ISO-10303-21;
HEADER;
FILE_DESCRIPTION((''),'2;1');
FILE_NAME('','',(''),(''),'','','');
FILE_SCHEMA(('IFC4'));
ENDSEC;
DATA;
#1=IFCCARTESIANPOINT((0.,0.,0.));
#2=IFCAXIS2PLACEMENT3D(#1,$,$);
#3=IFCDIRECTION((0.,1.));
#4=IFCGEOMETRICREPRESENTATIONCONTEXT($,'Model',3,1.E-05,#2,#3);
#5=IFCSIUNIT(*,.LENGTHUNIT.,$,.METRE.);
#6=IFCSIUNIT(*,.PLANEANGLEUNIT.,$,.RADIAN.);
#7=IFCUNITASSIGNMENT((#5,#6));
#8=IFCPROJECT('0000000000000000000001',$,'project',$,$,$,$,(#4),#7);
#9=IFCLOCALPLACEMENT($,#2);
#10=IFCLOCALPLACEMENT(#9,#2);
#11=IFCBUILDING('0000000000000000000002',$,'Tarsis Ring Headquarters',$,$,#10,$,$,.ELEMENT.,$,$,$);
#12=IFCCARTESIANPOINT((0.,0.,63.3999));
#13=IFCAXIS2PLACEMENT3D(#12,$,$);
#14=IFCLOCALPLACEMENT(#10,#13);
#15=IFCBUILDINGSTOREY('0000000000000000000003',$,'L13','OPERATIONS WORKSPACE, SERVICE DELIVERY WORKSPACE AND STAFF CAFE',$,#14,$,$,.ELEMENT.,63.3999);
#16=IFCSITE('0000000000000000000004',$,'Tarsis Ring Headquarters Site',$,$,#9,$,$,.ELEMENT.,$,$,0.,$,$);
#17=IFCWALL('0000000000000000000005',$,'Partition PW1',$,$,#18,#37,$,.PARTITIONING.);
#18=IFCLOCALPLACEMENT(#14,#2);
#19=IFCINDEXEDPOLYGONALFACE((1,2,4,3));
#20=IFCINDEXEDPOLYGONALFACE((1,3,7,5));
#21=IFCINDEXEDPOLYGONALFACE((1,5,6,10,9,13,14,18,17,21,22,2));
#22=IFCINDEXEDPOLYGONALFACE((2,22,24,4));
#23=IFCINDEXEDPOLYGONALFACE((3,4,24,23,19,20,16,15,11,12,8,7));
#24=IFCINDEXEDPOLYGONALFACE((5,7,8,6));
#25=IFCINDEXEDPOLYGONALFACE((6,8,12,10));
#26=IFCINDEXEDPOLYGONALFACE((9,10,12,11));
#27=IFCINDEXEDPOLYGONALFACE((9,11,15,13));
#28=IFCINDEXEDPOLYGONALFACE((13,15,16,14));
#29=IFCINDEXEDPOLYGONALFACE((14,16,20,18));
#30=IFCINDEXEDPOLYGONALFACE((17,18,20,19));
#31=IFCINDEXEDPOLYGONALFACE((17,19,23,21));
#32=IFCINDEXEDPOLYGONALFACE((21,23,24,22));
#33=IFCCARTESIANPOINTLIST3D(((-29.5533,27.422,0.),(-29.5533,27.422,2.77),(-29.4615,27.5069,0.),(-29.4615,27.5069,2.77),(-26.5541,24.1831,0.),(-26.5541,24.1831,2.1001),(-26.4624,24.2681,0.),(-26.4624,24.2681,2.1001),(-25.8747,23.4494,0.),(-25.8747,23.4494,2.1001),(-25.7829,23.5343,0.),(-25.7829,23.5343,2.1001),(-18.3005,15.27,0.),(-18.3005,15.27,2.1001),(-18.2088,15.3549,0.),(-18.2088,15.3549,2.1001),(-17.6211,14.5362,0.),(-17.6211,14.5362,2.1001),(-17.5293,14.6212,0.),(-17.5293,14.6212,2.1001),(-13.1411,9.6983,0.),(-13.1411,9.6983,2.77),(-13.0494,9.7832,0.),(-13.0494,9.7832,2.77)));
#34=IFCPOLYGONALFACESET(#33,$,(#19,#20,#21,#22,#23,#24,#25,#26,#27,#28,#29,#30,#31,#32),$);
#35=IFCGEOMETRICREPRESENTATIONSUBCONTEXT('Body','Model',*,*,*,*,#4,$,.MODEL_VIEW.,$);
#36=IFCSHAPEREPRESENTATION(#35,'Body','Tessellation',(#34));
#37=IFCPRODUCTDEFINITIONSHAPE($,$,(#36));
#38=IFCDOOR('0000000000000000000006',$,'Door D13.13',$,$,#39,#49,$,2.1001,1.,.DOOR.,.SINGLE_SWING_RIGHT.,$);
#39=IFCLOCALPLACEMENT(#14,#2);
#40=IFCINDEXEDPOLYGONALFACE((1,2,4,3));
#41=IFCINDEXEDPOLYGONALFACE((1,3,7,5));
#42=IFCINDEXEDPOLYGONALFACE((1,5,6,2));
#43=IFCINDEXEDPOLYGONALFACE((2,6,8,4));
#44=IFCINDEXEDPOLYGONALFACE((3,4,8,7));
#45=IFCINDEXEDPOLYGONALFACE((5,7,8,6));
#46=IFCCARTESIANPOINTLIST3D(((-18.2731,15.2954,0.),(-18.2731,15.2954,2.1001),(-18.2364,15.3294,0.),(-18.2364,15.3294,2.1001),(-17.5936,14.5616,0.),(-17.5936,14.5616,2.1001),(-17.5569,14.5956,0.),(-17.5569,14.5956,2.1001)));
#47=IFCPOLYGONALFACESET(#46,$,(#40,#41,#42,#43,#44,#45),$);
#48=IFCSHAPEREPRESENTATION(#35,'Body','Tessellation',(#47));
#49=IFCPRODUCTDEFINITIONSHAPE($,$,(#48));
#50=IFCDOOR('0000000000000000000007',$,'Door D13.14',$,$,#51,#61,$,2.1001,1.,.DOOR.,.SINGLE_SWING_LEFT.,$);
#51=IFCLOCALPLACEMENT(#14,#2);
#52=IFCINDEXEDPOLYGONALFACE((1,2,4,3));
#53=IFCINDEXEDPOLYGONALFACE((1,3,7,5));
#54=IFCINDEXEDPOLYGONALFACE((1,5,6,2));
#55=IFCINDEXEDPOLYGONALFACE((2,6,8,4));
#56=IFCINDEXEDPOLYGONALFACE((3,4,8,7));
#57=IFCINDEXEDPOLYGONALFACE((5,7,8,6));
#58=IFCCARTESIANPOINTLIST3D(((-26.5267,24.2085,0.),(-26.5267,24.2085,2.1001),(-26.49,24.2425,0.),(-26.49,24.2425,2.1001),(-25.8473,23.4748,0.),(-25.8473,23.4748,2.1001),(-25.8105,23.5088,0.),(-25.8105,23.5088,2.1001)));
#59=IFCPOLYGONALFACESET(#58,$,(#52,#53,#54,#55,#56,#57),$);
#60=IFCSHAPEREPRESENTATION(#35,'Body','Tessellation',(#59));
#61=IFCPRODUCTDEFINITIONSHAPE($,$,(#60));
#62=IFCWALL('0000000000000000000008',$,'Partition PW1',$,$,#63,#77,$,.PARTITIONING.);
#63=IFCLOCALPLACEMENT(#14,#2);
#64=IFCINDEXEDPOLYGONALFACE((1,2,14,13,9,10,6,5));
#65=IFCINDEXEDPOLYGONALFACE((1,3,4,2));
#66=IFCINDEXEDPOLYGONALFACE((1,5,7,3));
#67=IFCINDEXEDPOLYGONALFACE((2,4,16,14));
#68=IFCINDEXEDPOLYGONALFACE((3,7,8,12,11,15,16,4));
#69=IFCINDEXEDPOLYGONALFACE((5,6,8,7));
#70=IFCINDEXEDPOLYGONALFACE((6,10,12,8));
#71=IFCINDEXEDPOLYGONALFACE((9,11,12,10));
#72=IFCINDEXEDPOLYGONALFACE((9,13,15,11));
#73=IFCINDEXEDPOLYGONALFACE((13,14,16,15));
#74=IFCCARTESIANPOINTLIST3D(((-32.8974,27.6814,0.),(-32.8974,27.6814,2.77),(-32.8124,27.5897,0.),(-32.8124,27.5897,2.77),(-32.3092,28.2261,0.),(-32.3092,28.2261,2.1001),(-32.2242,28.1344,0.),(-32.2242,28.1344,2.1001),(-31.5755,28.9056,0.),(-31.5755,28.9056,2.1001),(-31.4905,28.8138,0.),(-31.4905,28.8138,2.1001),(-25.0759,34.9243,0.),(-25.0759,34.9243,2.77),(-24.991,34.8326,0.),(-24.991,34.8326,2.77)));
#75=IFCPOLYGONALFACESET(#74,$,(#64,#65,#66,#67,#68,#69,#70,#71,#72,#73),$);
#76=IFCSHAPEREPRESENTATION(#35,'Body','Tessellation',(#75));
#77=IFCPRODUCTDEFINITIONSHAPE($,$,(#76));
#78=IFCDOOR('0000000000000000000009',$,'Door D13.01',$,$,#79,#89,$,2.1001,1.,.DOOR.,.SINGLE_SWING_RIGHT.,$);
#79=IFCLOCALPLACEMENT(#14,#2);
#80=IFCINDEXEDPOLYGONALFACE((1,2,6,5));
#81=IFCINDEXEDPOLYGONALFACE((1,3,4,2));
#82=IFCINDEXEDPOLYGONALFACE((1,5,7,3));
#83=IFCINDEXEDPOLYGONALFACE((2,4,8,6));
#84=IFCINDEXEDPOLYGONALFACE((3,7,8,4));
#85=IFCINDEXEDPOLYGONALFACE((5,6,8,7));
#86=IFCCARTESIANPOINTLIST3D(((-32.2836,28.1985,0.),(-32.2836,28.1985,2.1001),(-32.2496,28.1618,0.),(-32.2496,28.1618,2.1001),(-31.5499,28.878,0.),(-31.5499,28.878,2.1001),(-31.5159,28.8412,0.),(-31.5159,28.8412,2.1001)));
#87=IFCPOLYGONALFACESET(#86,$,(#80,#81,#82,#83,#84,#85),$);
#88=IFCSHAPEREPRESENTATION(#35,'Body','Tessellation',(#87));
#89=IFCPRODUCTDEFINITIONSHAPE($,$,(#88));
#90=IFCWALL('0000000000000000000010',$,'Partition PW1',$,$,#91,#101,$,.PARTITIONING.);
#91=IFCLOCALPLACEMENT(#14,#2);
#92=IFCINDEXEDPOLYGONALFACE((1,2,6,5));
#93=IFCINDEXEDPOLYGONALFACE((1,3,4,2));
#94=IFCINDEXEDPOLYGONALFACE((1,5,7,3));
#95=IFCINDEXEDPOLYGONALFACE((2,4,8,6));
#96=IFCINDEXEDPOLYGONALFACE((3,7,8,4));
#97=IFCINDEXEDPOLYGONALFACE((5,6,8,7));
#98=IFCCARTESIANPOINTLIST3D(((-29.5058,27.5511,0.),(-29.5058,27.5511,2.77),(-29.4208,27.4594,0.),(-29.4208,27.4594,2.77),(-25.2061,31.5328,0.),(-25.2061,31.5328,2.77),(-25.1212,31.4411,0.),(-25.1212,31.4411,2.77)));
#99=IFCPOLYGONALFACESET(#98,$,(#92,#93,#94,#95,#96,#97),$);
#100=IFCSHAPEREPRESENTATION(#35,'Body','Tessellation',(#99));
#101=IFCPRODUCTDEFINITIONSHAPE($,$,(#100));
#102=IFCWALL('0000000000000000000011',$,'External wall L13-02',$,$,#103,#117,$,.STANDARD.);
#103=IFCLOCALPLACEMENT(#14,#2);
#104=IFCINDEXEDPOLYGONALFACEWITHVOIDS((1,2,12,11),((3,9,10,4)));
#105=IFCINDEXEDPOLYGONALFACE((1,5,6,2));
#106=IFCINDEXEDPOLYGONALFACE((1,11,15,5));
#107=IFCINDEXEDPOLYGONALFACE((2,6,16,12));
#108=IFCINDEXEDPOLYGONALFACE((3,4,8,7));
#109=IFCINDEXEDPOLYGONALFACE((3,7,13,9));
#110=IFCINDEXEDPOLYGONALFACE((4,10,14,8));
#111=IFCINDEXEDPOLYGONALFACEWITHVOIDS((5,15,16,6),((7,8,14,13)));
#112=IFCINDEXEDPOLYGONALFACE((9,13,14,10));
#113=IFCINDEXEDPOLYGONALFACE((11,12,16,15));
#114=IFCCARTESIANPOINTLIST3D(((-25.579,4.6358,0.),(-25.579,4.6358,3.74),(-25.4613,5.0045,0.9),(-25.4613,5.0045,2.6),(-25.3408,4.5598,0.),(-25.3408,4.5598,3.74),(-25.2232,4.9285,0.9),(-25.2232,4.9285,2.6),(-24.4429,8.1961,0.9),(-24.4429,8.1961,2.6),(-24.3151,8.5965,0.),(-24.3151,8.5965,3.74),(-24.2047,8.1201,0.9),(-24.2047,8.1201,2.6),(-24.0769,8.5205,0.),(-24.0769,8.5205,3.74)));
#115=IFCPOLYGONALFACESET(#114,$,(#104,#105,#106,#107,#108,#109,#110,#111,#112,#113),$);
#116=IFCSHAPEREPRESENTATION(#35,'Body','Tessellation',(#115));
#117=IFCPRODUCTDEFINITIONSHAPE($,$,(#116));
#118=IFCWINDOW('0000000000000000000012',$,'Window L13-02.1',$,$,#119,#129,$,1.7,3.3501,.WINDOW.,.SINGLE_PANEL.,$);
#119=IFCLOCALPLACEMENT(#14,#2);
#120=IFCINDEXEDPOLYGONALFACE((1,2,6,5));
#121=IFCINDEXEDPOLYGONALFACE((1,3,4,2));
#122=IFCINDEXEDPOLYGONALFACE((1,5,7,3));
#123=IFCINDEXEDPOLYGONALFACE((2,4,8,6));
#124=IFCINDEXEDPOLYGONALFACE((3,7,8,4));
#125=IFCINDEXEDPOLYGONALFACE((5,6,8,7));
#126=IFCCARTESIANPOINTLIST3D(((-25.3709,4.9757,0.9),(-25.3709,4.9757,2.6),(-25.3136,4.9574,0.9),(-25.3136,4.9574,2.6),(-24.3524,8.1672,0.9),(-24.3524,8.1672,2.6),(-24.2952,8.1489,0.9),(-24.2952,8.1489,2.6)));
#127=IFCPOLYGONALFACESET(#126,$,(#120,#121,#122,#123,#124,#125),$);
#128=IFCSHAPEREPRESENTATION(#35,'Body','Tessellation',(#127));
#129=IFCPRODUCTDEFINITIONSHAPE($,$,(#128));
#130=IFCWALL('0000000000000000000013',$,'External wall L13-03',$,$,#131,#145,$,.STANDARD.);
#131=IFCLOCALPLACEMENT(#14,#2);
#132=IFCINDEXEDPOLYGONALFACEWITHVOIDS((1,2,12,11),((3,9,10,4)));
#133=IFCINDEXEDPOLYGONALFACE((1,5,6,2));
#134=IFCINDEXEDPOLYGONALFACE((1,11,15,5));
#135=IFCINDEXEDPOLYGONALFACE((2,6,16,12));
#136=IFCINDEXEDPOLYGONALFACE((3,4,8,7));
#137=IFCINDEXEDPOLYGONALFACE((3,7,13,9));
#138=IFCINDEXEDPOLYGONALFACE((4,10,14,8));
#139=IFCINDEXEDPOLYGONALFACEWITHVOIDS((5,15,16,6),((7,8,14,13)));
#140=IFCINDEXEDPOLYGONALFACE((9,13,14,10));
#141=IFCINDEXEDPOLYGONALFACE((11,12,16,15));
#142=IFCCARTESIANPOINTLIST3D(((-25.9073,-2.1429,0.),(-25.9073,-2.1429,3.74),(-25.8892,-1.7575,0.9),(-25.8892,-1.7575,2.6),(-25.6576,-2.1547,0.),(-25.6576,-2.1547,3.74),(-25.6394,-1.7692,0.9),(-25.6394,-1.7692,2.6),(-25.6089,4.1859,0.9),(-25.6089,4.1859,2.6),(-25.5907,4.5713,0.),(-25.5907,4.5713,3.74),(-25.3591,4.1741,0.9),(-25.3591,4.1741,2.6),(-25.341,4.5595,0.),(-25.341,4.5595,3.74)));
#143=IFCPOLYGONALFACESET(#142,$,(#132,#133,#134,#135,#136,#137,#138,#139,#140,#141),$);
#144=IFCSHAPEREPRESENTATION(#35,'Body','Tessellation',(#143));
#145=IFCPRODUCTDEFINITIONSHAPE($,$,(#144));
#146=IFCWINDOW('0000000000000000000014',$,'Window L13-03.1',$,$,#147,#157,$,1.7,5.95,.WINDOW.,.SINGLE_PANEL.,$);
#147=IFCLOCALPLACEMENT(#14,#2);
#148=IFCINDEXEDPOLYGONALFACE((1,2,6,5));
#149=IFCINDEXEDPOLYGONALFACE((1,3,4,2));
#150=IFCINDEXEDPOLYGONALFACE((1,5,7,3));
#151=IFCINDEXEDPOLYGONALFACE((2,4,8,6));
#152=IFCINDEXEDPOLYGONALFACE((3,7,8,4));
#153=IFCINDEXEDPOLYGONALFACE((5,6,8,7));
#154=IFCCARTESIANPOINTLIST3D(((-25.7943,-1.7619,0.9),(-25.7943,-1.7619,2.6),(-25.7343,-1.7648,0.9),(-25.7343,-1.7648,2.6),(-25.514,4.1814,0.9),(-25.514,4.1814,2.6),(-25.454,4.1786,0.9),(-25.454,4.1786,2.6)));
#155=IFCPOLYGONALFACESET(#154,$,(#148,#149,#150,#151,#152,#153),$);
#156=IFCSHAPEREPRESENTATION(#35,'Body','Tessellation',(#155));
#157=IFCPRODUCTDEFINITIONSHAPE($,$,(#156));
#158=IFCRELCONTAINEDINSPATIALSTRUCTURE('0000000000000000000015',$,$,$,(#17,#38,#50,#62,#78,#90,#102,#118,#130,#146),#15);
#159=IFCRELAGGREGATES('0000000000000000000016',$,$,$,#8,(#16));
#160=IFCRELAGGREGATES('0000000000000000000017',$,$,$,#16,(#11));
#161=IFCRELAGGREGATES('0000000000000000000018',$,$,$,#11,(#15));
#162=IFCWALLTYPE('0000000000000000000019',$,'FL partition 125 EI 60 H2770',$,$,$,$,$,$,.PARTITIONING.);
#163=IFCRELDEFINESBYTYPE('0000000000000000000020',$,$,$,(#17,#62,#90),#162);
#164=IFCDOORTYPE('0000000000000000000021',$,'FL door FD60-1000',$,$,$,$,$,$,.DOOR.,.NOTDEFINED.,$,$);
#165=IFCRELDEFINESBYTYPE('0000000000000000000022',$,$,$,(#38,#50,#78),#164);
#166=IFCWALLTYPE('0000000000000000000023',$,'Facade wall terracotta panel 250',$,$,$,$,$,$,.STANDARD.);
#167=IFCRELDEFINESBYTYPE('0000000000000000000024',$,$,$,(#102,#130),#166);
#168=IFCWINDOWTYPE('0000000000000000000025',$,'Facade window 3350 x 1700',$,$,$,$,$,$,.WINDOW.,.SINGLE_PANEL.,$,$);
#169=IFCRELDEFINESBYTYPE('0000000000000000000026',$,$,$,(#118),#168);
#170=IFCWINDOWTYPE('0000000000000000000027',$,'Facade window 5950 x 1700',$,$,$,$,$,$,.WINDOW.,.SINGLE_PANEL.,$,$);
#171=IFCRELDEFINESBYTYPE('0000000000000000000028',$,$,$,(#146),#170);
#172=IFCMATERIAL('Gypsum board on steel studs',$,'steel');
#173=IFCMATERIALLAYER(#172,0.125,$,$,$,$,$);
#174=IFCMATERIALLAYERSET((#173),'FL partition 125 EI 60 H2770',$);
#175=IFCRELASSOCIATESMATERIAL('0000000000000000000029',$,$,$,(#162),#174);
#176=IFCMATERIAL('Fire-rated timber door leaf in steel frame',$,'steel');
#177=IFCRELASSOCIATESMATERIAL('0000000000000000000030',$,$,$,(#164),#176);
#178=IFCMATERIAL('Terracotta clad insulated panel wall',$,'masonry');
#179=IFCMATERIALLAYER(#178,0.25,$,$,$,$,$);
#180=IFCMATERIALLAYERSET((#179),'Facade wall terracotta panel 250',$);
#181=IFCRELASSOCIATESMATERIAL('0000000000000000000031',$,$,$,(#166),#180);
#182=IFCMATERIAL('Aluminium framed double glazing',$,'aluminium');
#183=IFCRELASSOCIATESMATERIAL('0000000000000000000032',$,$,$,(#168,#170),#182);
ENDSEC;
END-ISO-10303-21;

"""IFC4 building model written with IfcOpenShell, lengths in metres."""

from ifc_helpers import new_model, si_unit, direction, frame, frame_2d, origin, place, context, subcontext, project, spatial, rectangle, extrude, material, layer, layer_set, type_object, element, fill, save


model = new_model("IFC4")

# Units and contexts
model_context = context("Model", 3, precision=1e-05, world=origin(), true_north=direction((0.0, 1.0)))
body_context = subcontext(model_context, "Body", "Model", "MODEL_VIEW")
ifc_project = project(units=[si_unit("LENGTHUNIT", "METRE"), si_unit("PLANEANGLEUNIT", "RADIAN")], contexts=[model_context])

# Site, building, storey
site_placement = place(None, origin())
site = spatial("IfcSite", under=ifc_project, at=site_placement, Name="Tarsis Ring Headquarters Site", CompositionType="ELEMENT", RefElevation=0.0)
building_placement = place(site_placement, origin())
building = spatial("IfcBuilding", under=site, at=building_placement, Name="Tarsis Ring Headquarters", CompositionType="ELEMENT")
storey_placement = place(building_placement, frame((0.0, 0.0, 63.3999)))
storey = spatial("IfcBuildingStorey", under=building, at=storey_placement, Name="L13", Description="OPERATIONS WORKSPACE, SERVICE DELIVERY WORKSPACE AND STAFF CAFE", CompositionType="ELEMENT", Elevation=63.3999)

# Shared definitions
ifc_material_1 = material(Name="Gypsum board on steel studs", Category="steel")

# Shared definitions
ifc_layer_1 = layer(ifc_material_1, 0.125)
ifc_layer_set_1 = layer_set([ifc_layer_1], Name="FL partition 125 EI 60 H2770")
wall_type_1 = type_object("IfcWallType", Name="FL partition 125 EI 60 H2770", PredefinedType="PARTITIONING", material=ifc_layer_set_1)
ifc_material_2 = material(Name="Fire-rated timber door leaf in steel frame", Category="steel")

# Wall, openings, doors
door_type_1 = type_object("IfcDoorType", Name="FL door FD60-1000", OperationType="NOTDEFINED", PredefinedType="DOOR", material=ifc_material_2)
wall_1_placement = place(storey_placement, frame((-29.5073, 27.4644, 0.0), z_axis=(0.0, 0.0, 1.0), x_axis=(0.679438, -0.733733, 0.0)))
wall_1 = element("IfcWall", 1, at=wall_1_placement, inside=storey, type_object=wall_type_1, Name="Partition PW1", PredefinedType="PARTITIONING", context=body_context, shape_type="SweptSolid", body=[
    extrude(rectangle(XDim=24.1555, YDim=0.125, at=frame_2d((12.0776, 0.0))), origin(), (0.0, 0.0, 1.0), 2.77),
])
opening_1_placement = place(wall_1_placement, frame((16.5618, 0.0, 0.0)))
opening_1 = element("IfcOpeningElement", 2, at=opening_1_placement, cuts=wall_1, PredefinedType="OPENING", context=body_context, shape_type="SweptSolid", body=[
    extrude(rectangle(XDim=1.0, YDim=2.1001, at=frame_2d((0.5, 1.05))), frame((0.0, 0.0725, 0.0), z_axis=(0.0, -1.0, 0.0), x_axis=(1.0, 0.0, 0.0)), (0.0, 0.0, 1.0), 0.145),
])
opening_2_placement = place(wall_1_placement, frame((4.4141, 0.0, 0.0)))
opening_2 = element("IfcOpeningElement", 3, at=opening_2_placement, cuts=wall_1, PredefinedType="OPENING", context=body_context, shape_type="SweptSolid", body=[
    extrude(rectangle(XDim=1.0, YDim=2.1001, at=frame_2d((0.5, 1.05))), frame((0.0, 0.0725, 0.0), z_axis=(0.0, -1.0, 0.0), x_axis=(1.0, 0.0, 0.0)), (0.0, 0.0, 1.0), 0.145),
])
door_1_placement = place(opening_1_placement, origin())
door_1 = element("IfcDoor", 4, at=door_1_placement, inside=storey, type_object=door_type_1, Name="Door D13.13", OperationType="SINGLE_SWING_RIGHT", OverallHeight=2.1001, OverallWidth=1.0, PredefinedType="DOOR", context=body_context, shape_type="SweptSolid", body=[
    extrude(rectangle(XDim=1.0, YDim=2.1001, at=frame_2d((0.5, 1.05))), frame((0.0, 0.0249, 0.0), z_axis=(0.0, -1.0, 0.0), x_axis=(1.0, 0.0, 0.0)), (0.0, 0.0, 1.0), 0.05),
])
fill(opening_1, door_1)
door_2_placement = place(opening_2_placement, origin())
door_2 = element("IfcDoor", 5, at=door_2_placement, inside=storey, type_object=door_type_1, Name="Door D13.14", OperationType="SINGLE_SWING_LEFT", OverallHeight=2.1001, OverallWidth=1.0, PredefinedType="DOOR", context=body_context, shape_type="SweptSolid", body=[
    extrude(rectangle(XDim=1.0, YDim=2.1001, at=frame_2d((0.5, 1.05))), frame((0.0, 0.0249, 0.0), z_axis=(0.0, -1.0, 0.0), x_axis=(1.0, 0.0, 0.0)), (0.0, 0.0, 1.0), 0.05),
])
fill(opening_2, door_2)

# Wall, opening, door
wall_2_placement = place(storey_placement, frame((-32.855, 27.6355, 0.0), z_axis=(0.0, 0.0, 1.0), x_axis=(0.733725, 0.679446, 0.0)))
wall_2 = element("IfcWall", 6, at=wall_2_placement, inside=storey, type_object=wall_type_1, Name="Partition PW1", PredefinedType="PARTITIONING", context=body_context, shape_type="SweptSolid", body=[
    extrude(rectangle(XDim=10.6599, YDim=0.125, at=frame_2d((5.3301, 0.0))), origin(), (0.0, 0.0, 1.0), 2.77),
])
opening_3_placement = place(wall_2_placement, frame((0.8018, 0.0, 0.0)))
opening_3 = element("IfcOpeningElement", 7, at=opening_3_placement, cuts=wall_2, PredefinedType="OPENING", context=body_context, shape_type="SweptSolid", body=[
    extrude(rectangle(XDim=1.0, YDim=2.1001, at=frame_2d((0.5, 1.05))), frame((0.0, 0.0725, 0.0), z_axis=(0.0, -1.0, 0.0), x_axis=(1.0, 0.0, 0.0)), (0.0, 0.0, 1.0), 0.145),
])
door_3_placement = place(opening_3_placement, origin())
door_3 = element("IfcDoor", 8, at=door_3_placement, inside=storey, type_object=door_type_1, Name="Door D13.01", OperationType="SINGLE_SWING_RIGHT", OverallHeight=2.1001, OverallWidth=1.0, PredefinedType="DOOR", context=body_context, shape_type="SweptSolid", body=[
    extrude(rectangle(XDim=1.0, YDim=2.1001, at=frame_2d((0.5, 1.05))), frame((0.0, 0.0249, 0.0), z_axis=(0.0, -1.0, 0.0), x_axis=(1.0, 0.0, 0.0)), (0.0, 0.0, 1.0), 0.05),
])
fill(opening_3, door_3)

# Wall
wall_3_placement = place(storey_placement, frame((-29.4634, 27.5051, 0.0), z_axis=(0.0, 0.0, 1.0), x_axis=(0.733708, 0.679465, 0.0)))
element("IfcWall", 9, at=wall_3_placement, inside=storey, type_object=wall_type_1, Name="Partition PW1", PredefinedType="PARTITIONING", context=body_context, shape_type="SweptSolid", body=[
    extrude(rectangle(XDim=5.8601, YDim=0.125, at=frame_2d((2.9302, 0.0))), origin(), (0.0, 0.0, 1.0), 2.77),
])

# Walls, openings, windows
ifc_material_3 = material(Name="Terracotta clad insulated panel wall", Category="masonry")
ifc_layer_2 = layer(ifc_material_3, 0.25)
ifc_layer_set_2 = layer_set([ifc_layer_2], Name="Facade wall terracotta panel 250")
wall_type_2 = type_object("IfcWallType", Name="Facade wall terracotta panel 250", PredefinedType="STANDARD", material=ifc_layer_set_2)
wall_4_placement = place(storey_placement, frame((-24.196, 8.5583, 0.0), z_axis=(0.0, 0.0, 1.0), x_axis=(-0.304011, -0.952669, 0.0)))
wall_4 = element("IfcWall", 10, at=wall_4_placement, inside=storey, type_object=wall_type_2, Name="External wall L13-02", PredefinedType="STANDARD", context=body_context, shape_type="SweptSolid", body=[
    extrude(rectangle(XDim=4.1575, YDim=0.25, at=frame_2d((2.0786, 0.0))), origin(), (0.0, 0.0, 1.0), 3.74),
])
opening_4_placement = place(wall_4_placement, frame((0.4202, 0.0, 0.8999)))
opening_4 = element("IfcOpeningElement", 11, at=opening_4_placement, cuts=wall_4, PredefinedType="OPENING", context=body_context, shape_type="SweptSolid", body=[
    extrude(rectangle(XDim=3.3501, YDim=1.7, at=frame_2d((1.675, 0.8501))), frame((0.0, 0.135, 0.0), z_axis=(0.0, -1.0, 0.0), x_axis=(1.0, 0.0, 0.0)), (0.0, 0.0, 1.0), 0.27),
])
ifc_material_4 = material(Name="Aluminium framed double glazing", Category="aluminium")
window_type_1 = type_object("IfcWindowType", Name="Facade window 3350 x 1700", PartitioningType="SINGLE_PANEL", PredefinedType="WINDOW", material=ifc_material_4)
window_1_placement = place(opening_4_placement, origin())
window_1 = element("IfcWindow", 12, at=window_1_placement, inside=storey, type_object=window_type_1, Name="Window L13-02.1", OverallHeight=1.7, OverallWidth=3.3501, PartitioningType="SINGLE_PANEL", PredefinedType="WINDOW", context=body_context, shape_type="SweptSolid", body=[
    extrude(rectangle(XDim=3.3501, YDim=1.7, at=frame_2d((1.675, 0.8501))), frame((0.0, 0.03, 0.0), z_axis=(0.0, -1.0, 0.0), x_axis=(1.0, 0.0, 0.0)), (0.0, 0.0, 1.0), 0.0601),
])
fill(opening_4, window_1)
wall_5_placement = place(storey_placement, frame((-25.4658, 4.5654, 0.0), z_axis=(0.0, 0.0, 1.0), x_axis=(-0.04711, -0.99889, 0.0)))
wall_5 = element("IfcWall", 13, at=wall_5_placement, inside=storey, type_object=wall_type_2, Name="External wall L13-03", PredefinedType="STANDARD", context=body_context, shape_type="SweptSolid", body=[
    extrude(rectangle(XDim=6.7217, YDim=0.25, at=frame_2d((3.3608, 0.0))), origin(), (0.0, 0.0, 1.0), 3.74),
])
opening_5_placement = place(wall_5_placement, frame((0.3857, 0.0, 0.8999)))
opening_5 = element("IfcOpeningElement", 14, at=opening_5_placement, cuts=wall_5, PredefinedType="OPENING", context=body_context, shape_type="SweptSolid", body=[
    extrude(rectangle(XDim=5.95, YDim=1.7, at=frame_2d((2.9751, 0.8501))), frame((0.0, 0.135, 0.0), z_axis=(0.0, -1.0, 0.0), x_axis=(1.0, 0.0, 0.0)), (0.0, 0.0, 1.0), 0.27),
])
window_type_2 = type_object("IfcWindowType", Name="Facade window 5950 x 1700", PartitioningType="SINGLE_PANEL", PredefinedType="WINDOW", material=ifc_material_4)
window_2_placement = place(opening_5_placement, origin())
window_2 = element("IfcWindow", 15, at=window_2_placement, inside=storey, type_object=window_type_2, Name="Window L13-03.1", OverallHeight=1.7, OverallWidth=5.95, PartitioningType="SINGLE_PANEL", PredefinedType="WINDOW", context=body_context, shape_type="SweptSolid", body=[
    extrude(rectangle(XDim=5.95, YDim=1.7, at=frame_2d((2.9751, 0.8501))), frame((0.0, 0.03, 0.0), z_axis=(0.0, -1.0, 0.0), x_axis=(1.0, 0.0, 0.0)), (0.0, 0.0, 1.0), 0.0601),
])
fill(opening_5, window_2)

save(model, "model.ifc")
